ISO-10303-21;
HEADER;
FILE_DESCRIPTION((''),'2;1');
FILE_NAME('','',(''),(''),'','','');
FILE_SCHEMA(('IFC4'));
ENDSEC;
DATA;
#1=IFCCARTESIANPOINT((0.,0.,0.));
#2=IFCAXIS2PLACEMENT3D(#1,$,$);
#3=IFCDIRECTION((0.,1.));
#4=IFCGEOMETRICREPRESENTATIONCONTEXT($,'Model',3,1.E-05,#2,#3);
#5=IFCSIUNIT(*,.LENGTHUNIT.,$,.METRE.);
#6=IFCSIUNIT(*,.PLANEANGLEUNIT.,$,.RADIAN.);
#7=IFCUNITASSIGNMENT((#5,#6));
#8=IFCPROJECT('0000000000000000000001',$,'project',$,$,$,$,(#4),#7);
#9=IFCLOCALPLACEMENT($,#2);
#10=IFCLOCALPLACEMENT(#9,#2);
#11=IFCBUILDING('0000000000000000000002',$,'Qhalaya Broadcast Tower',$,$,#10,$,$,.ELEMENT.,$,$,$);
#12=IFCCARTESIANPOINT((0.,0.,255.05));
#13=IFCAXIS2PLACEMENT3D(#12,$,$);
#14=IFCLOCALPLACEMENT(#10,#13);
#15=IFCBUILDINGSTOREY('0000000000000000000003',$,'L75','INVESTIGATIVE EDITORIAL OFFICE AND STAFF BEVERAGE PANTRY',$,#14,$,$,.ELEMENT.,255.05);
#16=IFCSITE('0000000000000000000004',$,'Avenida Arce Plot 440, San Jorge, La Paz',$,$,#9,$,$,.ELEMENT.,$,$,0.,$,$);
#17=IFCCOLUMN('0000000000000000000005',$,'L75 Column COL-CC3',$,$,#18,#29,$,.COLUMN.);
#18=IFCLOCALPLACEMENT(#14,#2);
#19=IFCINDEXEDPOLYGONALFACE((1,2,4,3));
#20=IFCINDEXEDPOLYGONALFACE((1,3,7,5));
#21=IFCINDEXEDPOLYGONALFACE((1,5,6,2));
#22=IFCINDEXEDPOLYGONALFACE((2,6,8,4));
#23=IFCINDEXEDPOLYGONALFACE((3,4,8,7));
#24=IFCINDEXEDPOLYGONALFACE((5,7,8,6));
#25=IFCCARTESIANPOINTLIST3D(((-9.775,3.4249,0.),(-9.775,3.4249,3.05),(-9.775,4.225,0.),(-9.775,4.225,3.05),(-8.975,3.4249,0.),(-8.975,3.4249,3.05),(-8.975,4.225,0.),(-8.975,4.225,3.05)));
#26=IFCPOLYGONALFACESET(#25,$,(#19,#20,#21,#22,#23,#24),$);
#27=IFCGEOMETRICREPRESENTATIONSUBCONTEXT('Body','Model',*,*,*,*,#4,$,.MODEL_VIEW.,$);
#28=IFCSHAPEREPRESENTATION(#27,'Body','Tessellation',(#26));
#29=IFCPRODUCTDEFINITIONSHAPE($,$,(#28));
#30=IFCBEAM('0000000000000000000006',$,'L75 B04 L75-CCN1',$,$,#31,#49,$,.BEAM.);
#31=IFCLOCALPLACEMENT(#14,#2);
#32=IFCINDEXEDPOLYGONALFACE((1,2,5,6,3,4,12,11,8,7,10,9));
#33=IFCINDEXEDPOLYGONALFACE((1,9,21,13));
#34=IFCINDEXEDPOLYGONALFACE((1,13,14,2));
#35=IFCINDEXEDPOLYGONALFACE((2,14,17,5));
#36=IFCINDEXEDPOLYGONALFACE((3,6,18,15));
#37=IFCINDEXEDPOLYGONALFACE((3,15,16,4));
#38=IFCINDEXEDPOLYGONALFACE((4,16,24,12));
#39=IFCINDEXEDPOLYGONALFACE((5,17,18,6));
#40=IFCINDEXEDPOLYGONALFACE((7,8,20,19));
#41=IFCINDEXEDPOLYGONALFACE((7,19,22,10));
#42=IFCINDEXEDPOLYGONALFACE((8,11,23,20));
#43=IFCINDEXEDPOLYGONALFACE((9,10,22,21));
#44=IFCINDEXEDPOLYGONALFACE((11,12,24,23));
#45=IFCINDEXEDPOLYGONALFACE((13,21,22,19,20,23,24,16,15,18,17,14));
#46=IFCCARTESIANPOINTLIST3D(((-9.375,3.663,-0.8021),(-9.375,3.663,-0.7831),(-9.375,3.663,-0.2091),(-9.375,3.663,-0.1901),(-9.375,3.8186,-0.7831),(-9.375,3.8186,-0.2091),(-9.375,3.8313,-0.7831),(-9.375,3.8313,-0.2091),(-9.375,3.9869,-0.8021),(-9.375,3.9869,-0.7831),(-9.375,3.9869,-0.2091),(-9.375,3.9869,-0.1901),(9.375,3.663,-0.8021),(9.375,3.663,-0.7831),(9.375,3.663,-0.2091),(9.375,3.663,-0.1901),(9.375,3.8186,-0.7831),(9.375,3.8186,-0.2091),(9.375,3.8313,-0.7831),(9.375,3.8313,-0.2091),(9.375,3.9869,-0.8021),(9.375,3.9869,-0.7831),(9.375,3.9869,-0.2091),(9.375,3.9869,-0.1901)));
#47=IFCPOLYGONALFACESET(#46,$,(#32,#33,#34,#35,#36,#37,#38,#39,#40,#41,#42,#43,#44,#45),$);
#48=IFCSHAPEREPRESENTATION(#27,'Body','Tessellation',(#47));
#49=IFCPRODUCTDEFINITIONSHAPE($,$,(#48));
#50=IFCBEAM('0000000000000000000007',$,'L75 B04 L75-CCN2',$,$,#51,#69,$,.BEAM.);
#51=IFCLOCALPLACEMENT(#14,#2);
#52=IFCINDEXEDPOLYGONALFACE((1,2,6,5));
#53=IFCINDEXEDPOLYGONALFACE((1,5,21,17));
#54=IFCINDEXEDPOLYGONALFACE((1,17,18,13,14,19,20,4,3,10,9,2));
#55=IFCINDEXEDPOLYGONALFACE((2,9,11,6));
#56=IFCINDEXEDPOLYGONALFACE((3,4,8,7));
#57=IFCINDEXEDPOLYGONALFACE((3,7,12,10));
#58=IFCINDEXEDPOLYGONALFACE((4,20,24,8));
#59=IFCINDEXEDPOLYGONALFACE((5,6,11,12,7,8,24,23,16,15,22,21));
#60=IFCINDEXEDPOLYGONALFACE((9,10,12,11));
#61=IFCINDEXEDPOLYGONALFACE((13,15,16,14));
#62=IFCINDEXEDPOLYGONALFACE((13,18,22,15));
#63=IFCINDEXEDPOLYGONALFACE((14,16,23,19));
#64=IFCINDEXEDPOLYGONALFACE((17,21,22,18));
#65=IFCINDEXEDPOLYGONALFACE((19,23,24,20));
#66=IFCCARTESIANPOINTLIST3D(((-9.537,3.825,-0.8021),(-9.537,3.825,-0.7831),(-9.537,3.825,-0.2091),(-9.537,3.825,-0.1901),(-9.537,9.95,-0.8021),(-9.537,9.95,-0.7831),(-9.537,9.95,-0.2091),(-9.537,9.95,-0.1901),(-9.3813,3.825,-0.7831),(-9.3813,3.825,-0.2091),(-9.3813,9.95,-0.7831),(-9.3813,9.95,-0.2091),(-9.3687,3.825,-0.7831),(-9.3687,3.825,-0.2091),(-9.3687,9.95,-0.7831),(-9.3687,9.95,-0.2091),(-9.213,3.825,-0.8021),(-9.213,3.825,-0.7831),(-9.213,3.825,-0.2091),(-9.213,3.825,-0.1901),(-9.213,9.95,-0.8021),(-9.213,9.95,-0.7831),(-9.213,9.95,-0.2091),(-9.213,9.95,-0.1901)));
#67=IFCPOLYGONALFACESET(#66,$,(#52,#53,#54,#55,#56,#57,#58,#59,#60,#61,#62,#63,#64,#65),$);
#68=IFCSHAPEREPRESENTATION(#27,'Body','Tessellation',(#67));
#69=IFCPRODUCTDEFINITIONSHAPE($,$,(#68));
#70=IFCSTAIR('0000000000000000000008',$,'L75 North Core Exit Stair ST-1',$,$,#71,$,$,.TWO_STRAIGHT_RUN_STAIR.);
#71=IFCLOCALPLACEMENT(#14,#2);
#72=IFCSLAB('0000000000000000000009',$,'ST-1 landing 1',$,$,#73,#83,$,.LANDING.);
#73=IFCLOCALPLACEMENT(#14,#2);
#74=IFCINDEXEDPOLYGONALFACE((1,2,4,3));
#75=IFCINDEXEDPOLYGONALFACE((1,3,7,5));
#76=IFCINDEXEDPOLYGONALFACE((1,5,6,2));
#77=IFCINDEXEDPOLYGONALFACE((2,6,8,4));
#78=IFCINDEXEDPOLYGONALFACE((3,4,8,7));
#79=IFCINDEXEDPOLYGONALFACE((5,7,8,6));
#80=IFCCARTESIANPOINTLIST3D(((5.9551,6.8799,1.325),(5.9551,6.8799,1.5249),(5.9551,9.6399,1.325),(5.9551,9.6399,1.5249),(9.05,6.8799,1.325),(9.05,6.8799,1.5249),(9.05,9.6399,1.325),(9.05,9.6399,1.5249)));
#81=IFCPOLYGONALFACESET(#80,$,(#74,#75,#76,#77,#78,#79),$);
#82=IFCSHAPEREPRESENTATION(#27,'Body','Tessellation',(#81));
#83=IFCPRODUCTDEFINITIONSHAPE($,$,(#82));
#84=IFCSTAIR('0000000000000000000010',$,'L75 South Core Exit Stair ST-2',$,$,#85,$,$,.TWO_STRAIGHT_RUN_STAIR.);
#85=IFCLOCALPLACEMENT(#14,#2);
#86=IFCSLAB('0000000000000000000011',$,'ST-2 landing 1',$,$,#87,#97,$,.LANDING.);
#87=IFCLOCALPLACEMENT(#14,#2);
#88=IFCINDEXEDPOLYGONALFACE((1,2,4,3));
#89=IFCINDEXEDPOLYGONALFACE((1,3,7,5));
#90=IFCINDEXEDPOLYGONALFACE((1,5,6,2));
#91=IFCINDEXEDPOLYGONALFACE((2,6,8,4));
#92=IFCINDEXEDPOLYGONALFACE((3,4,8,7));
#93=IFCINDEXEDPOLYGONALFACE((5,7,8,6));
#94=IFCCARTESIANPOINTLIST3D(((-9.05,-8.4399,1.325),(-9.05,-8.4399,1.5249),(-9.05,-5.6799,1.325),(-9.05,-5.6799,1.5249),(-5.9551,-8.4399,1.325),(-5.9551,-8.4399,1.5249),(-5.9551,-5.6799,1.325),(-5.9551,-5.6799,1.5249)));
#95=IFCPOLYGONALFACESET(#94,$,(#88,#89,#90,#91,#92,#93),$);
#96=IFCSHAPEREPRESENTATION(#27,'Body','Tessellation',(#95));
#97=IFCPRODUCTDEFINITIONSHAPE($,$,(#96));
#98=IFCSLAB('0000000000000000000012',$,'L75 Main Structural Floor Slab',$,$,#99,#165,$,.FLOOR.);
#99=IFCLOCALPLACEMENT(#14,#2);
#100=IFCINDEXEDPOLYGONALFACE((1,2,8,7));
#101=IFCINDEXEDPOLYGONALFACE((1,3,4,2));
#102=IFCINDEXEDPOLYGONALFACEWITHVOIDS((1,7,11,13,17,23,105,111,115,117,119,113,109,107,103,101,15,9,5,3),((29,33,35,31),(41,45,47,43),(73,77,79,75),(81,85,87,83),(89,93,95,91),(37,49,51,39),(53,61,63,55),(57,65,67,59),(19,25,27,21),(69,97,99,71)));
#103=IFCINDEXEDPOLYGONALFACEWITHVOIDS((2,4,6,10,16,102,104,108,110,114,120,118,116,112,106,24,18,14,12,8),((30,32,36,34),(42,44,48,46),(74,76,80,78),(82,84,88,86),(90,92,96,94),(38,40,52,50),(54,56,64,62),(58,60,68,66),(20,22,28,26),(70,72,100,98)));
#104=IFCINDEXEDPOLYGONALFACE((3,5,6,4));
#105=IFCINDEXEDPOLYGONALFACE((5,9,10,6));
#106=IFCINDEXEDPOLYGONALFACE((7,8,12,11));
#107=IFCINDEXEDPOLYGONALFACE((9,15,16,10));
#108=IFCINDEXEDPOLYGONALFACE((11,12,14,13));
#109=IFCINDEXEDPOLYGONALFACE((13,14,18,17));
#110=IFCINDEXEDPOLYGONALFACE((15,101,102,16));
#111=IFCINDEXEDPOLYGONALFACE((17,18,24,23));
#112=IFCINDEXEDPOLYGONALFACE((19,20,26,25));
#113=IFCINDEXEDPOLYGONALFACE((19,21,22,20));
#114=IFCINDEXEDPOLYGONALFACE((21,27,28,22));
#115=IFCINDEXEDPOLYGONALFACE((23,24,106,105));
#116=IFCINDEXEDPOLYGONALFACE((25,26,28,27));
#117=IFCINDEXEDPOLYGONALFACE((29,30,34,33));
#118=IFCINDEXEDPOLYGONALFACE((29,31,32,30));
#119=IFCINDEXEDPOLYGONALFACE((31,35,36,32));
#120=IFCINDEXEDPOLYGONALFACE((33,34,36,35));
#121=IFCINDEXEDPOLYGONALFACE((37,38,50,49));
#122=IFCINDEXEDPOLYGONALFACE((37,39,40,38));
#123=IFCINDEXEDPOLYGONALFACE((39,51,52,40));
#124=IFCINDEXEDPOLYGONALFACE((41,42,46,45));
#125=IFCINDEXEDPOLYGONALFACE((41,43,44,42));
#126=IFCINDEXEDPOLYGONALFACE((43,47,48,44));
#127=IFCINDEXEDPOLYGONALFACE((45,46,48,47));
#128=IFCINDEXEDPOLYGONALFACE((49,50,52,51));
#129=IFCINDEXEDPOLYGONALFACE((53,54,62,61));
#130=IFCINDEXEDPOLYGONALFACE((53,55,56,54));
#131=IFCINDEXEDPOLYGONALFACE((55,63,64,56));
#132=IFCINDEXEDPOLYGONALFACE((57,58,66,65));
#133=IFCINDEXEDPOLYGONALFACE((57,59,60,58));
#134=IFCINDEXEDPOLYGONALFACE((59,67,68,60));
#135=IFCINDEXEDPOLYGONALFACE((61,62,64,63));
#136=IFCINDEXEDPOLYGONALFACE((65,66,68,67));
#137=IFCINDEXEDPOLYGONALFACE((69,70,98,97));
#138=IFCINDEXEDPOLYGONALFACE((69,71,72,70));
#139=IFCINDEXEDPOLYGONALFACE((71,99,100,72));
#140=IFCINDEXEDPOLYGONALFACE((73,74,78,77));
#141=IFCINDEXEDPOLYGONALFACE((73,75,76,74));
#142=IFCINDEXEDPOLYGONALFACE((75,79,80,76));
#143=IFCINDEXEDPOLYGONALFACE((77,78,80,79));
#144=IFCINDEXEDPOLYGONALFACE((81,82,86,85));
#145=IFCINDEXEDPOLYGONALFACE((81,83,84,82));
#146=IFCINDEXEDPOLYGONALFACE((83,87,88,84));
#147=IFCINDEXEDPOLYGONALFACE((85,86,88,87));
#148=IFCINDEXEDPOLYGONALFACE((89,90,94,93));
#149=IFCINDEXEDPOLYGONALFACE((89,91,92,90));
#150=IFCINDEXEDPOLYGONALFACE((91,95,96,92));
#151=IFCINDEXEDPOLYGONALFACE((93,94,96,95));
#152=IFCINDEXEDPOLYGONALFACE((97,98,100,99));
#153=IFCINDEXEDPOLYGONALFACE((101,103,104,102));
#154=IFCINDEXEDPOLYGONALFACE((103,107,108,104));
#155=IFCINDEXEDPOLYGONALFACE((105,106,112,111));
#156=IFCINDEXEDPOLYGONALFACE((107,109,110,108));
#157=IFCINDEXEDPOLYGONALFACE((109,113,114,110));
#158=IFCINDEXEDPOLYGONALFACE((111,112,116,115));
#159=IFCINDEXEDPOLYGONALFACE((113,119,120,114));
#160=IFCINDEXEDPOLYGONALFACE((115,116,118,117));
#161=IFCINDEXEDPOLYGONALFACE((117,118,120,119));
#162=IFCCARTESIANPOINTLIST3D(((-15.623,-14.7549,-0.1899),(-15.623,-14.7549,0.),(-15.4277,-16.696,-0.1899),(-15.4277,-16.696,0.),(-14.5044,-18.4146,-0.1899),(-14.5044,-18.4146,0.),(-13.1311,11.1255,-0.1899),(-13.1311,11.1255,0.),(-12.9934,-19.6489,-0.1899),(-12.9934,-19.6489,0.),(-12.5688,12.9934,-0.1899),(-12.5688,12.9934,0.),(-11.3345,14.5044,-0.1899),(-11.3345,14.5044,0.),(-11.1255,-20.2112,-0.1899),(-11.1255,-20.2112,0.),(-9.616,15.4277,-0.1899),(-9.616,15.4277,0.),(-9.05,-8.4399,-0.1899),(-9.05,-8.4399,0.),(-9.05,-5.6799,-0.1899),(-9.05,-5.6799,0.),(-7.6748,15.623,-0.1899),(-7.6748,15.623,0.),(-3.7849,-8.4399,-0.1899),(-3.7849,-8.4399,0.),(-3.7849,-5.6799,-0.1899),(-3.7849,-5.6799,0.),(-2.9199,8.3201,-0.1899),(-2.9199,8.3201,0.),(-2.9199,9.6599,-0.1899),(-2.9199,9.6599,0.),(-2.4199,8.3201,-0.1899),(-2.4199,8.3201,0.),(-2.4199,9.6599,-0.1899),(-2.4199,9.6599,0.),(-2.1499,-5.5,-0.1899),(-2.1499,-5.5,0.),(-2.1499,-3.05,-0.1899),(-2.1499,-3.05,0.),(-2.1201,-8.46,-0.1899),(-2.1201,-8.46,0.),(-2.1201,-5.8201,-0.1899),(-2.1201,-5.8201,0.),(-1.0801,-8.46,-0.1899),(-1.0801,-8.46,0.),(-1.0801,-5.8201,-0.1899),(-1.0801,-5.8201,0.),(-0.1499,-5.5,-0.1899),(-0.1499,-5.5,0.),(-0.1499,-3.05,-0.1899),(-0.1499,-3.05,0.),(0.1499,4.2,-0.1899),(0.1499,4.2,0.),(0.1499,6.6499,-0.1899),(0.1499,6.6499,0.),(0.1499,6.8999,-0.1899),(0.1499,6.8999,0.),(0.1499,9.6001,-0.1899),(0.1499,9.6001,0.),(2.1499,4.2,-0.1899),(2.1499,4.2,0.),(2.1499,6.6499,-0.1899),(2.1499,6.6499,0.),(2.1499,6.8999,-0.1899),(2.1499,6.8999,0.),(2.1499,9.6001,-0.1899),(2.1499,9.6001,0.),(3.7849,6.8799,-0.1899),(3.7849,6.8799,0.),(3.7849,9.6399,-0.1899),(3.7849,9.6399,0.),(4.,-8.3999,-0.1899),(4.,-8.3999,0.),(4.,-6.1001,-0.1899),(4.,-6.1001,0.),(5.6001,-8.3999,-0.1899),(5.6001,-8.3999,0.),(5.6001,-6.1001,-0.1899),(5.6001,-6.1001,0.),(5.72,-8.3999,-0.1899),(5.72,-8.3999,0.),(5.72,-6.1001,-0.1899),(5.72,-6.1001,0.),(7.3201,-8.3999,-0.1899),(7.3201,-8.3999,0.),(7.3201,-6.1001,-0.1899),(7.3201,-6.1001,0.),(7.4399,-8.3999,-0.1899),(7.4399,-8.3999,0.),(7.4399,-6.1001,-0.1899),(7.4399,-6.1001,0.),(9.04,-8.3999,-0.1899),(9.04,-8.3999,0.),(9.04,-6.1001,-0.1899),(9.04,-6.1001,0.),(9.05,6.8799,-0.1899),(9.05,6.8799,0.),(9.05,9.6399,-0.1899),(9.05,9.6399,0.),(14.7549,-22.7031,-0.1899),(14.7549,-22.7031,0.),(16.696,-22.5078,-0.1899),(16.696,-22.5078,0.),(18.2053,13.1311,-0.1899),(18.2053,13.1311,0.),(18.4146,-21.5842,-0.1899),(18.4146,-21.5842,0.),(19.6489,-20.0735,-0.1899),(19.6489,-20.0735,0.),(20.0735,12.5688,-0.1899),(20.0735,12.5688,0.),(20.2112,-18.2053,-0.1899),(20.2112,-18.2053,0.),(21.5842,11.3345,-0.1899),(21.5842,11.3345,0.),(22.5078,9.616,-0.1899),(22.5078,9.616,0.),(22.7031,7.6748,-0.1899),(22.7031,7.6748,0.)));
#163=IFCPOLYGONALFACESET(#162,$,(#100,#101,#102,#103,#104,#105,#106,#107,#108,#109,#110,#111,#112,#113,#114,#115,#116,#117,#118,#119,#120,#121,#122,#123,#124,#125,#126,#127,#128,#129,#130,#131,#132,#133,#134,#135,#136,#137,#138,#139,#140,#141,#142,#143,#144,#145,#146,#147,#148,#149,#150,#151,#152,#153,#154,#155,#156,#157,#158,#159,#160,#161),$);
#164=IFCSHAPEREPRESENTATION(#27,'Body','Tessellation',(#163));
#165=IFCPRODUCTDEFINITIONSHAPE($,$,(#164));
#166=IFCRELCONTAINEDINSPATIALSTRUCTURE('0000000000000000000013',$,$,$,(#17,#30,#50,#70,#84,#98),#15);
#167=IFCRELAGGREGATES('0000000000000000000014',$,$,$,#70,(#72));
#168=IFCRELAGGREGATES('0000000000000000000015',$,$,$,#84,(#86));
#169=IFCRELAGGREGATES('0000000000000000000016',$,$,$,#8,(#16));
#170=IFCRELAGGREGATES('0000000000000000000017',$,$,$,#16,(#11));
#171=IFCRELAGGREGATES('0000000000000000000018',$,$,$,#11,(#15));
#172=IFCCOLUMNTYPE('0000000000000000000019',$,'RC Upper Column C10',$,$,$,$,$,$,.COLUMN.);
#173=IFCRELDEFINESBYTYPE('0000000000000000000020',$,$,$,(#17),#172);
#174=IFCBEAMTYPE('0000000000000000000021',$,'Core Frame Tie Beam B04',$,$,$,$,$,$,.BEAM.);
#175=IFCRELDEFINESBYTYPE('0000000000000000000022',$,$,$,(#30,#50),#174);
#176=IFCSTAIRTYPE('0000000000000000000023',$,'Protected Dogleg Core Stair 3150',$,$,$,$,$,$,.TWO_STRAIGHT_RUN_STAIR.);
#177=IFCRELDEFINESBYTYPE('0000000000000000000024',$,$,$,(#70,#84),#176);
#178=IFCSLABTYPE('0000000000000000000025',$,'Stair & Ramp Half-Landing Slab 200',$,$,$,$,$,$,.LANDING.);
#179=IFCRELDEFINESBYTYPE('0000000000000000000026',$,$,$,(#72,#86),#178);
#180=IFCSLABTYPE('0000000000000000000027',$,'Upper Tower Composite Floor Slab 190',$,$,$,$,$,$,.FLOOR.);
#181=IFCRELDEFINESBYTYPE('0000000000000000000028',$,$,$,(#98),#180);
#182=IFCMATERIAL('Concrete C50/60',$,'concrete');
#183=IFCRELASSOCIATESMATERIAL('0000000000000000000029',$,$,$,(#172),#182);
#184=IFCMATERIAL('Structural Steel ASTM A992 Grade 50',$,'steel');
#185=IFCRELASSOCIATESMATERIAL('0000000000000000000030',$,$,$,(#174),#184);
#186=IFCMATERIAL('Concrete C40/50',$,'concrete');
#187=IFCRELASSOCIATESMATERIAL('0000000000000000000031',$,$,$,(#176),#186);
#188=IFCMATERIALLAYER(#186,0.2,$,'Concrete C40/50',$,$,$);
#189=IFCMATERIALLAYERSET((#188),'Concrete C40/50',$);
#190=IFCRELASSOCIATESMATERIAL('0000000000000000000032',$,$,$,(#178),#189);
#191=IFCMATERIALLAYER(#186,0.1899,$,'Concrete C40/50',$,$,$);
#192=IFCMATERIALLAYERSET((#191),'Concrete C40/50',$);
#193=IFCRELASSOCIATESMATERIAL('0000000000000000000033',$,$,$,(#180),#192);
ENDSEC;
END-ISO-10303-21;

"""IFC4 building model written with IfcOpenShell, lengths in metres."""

from ifc_helpers import new_model, si_unit, direction, frame, origin, origin_2d, place, context, subcontext, project, spatial, polyline, rectangle, i_section, outline, extrude, material, layer, layer_set, material_profile, profile_set, type_object, element, aggregate, save


model = new_model("IFC4")

# Units and contexts
model_context = context("Model", 3, precision=1e-05, world=origin(), true_north=direction((0.0, 1.0)))
body_context = subcontext(model_context, "Body", "Model", "MODEL_VIEW")
ifc_project = project(units=[si_unit("LENGTHUNIT", "METRE"), si_unit("PLANEANGLEUNIT", "RADIAN")], contexts=[model_context])

# Site, building, storey
site_placement = place(None, origin())
site = spatial("IfcSite", under=ifc_project, at=site_placement, Name="Avenida Arce Plot 440, San Jorge, La Paz", CompositionType="ELEMENT", RefElevation=0.0)
building_placement = place(site_placement, origin())
building = spatial("IfcBuilding", under=site, at=building_placement, Name="Qhalaya Broadcast Tower", CompositionType="ELEMENT")
storey_placement = place(building_placement, frame((0.0, 0.0, 255.05)))
storey = spatial("IfcBuildingStorey", under=building, at=storey_placement, Name="L75", Description="INVESTIGATIVE EDITORIAL OFFICE AND STAFF BEVERAGE PANTRY", CompositionType="ELEMENT", Elevation=255.05)

# Column
ifc_material_1 = material(Name="Concrete C50/60", Category="concrete")
ifc_material_profile_1 = material_profile(ifc_material_1, rectangle(XDim=0.8, YDim=0.8, at=origin_2d()), Name="RC-COL 800x800")
ifc_profile_set_1 = profile_set([ifc_material_profile_1], Name="Concrete C50/60")
column_type = type_object("IfcColumnType", Name="RC Upper Column C10", PredefinedType="COLUMN", material=ifc_profile_set_1)
column_placement = place(storey_placement, frame((-9.375, 3.825, 0.0), z_axis=(0.0, 0.0, 1.0), x_axis=(1.0, 0.0, 0.0)))
element("IfcColumn", 1, at=column_placement, inside=storey, type_object=column_type, Name="L75 Column COL-CC3", PredefinedType="COLUMN", context=body_context, shape_type="SweptSolid", body=[
    extrude(rectangle(XDim=0.8, YDim=0.8, at=origin_2d()), origin(), (0.0, 0.0, 1.0), 3.05),
])

# Beams
ifc_material_2 = material(Name="Structural Steel ASTM A992 Grade 50", Category="steel")
ifc_material_profile_2 = material_profile(ifc_material_2, i_section(OverallWidth=0.324, OverallDepth=0.6121, WebThickness=0.0127, FlangeThickness=0.019, at=origin_2d()), Name="W24X104")
ifc_profile_set_2 = profile_set([ifc_material_profile_2], Name="Structural Steel ASTM A992 Grade 50")
beam_type = type_object("IfcBeamType", Name="Core Frame Tie Beam B04", PredefinedType="BEAM", material=ifc_profile_set_2)
beam_1_placement = place(storey_placement, frame((-9.375, 3.825, -0.4961), z_axis=(1.0, 0.0, 0.0), x_axis=(0.0, 1.0, 0.0)))
element("IfcBeam", 2, at=beam_1_placement, inside=storey, type_object=beam_type, Name="L75 B04 L75-CCN1", PredefinedType="BEAM", context=body_context, shape_type="SweptSolid", body=[
    extrude(i_section(OverallWidth=0.324, OverallDepth=0.6121, WebThickness=0.0127, FlangeThickness=0.019, at=origin_2d()), origin(), (0.0, 0.0, 1.0), 18.75),
])
beam_2_placement = place(storey_placement, frame((-9.375, 3.825, -0.4961), z_axis=(0.0, 1.0, 0.0), x_axis=(-1.0, 0.0, 0.0)))
element("IfcBeam", 3, at=beam_2_placement, inside=storey, type_object=beam_type, Name="L75 B04 L75-CCN2", PredefinedType="BEAM", context=body_context, shape_type="SweptSolid", body=[
    extrude(i_section(OverallWidth=0.324, OverallDepth=0.6121, WebThickness=0.0127, FlangeThickness=0.019, at=origin_2d()), origin(), (0.0, 0.0, 1.0), 6.125),
])

# Stairs, slabs
ifc_material_3 = material(Name="Concrete C40/50", Category="concrete")
stair_type = type_object("IfcStairType", Name="Protected Dogleg Core Stair 3150", PredefinedType="TWO_STRAIGHT_RUN_STAIR", material=ifc_material_3)
stair_1_placement = place(storey_placement, origin())
stair_1 = element("IfcStair", 4, at=stair_1_placement, inside=storey, type_object=stair_type, Name="L75 North Core Exit Stair ST-1", PredefinedType="TWO_STRAIGHT_RUN_STAIR")
ifc_layer_1 = layer(ifc_material_3, 0.2, Name="Concrete C40/50")
ifc_layer_set_1 = layer_set([ifc_layer_1], Name="Concrete C40/50")
slab_type_1 = type_object("IfcSlabType", Name="Stair & Ramp Half-Landing Slab 200", PredefinedType="LANDING", material=ifc_layer_set_1)
slab_1_placement = place(storey_placement, frame((0.0, 0.0, 1.325)))
slab_1 = element("IfcSlab", 5, at=slab_1_placement, type_object=slab_type_1, Name="ST-1 landing 1", PredefinedType="LANDING", context=body_context, shape_type="SweptSolid", body=[
    extrude(outline(polyline([(5.9551, 6.8799), (9.05, 6.8799), (9.05, 9.6399), (5.9551, 9.6399), (5.9551, 6.8799)])), origin(), (0.0, 0.0, 1.0), 0.2),
])
aggregate(stair_1, [slab_1])
stair_2_placement = place(storey_placement, origin())
stair_2 = element("IfcStair", 6, at=stair_2_placement, inside=storey, type_object=stair_type, Name="L75 South Core Exit Stair ST-2", PredefinedType="TWO_STRAIGHT_RUN_STAIR")
slab_2_placement = place(storey_placement, frame((0.0, 0.0, 1.325)))
slab_2 = element("IfcSlab", 7, at=slab_2_placement, type_object=slab_type_1, Name="ST-2 landing 1", PredefinedType="LANDING", context=body_context, shape_type="SweptSolid", body=[
    extrude(outline(polyline([(-5.9551, -5.6799), (-9.05, -5.6799), (-9.05, -8.4399), (-5.9551, -8.4399), (-5.9551, -5.6799)])), origin(), (0.0, 0.0, 1.0), 0.2),
])
aggregate(stair_2, [slab_2])

# Slab
ifc_layer_2 = layer(ifc_material_3, 0.1899, Name="Concrete C40/50")
ifc_layer_set_2 = layer_set([ifc_layer_2], Name="Concrete C40/50")
slab_type_2 = type_object("IfcSlabType", Name="Upper Tower Composite Floor Slab 190", PredefinedType="FLOOR", material=ifc_layer_set_2)
slab_3_placement = place(storey_placement, frame((0.0, 0.0, -0.1899)))
element("IfcSlab", 8, at=slab_3_placement, inside=storey, type_object=slab_type_2, Name="L75 Main Structural Floor Slab", PredefinedType="FLOOR", context=body_context, shape_type="SweptSolid", body=[
    extrude(outline(polyline([(14.7549, -22.7031), (16.696, -22.5078), (18.4146, -21.5842), (19.6489, -20.0735), (20.2112, -18.2053), (22.7031, 7.6748), (22.5078, 9.616), (21.5842, 11.3345), (20.0735, 12.5688), (18.2053, 13.1311), (-7.6748, 15.623), (-9.616, 15.4277), (-11.3345, 14.5044), (-12.5688, 12.9934), (-13.1311, 11.1255), (-15.623, -14.7549), (-15.4277, -16.696), (-14.5044, -18.4146), (-12.9934, -19.6489), (-11.1255, -20.2112), (14.7549, -22.7031)]), holes=[polyline([(3.7849, 9.6399), (9.05, 9.6399), (9.05, 6.8799), (3.7849, 6.8799), (3.7849, 9.6399)]), polyline([(-3.7849, -8.4399), (-9.05, -8.4399), (-9.05, -5.6799), (-3.7849, -5.6799), (-3.7849, -8.4399)]), polyline([(0.1499, 6.6499), (2.1499, 6.6499), (2.1499, 4.2), (0.1499, 4.2), (0.1499, 6.6499)]), polyline([(0.1499, 9.6001), (2.1499, 9.6001), (2.1499, 6.8999), (0.1499, 6.8999), (0.1499, 9.6001)]), polyline([(-2.1499, -3.05), (-0.1499, -3.05), (-0.1499, -5.5), (-2.1499, -5.5), (-2.1499, -3.05)]), polyline([(4.0, -6.1001), (5.6001, -6.1001), (5.6001, -8.3999), (4.0, -8.3999), (4.0, -6.1001)]), polyline([(5.72, -6.1001), (7.3201, -6.1001), (7.3201, -8.3999), (5.72, -8.3999), (5.72, -6.1001)]), polyline([(7.4399, -6.1001), (9.04, -6.1001), (9.04, -8.3999), (7.4399, -8.3999), (7.4399, -6.1001)]), polyline([(-2.9199, 9.6599), (-2.4199, 9.6599), (-2.4199, 8.3201), (-2.9199, 8.3201), (-2.9199, 9.6599)]), polyline([(-2.1201, -5.8201), (-1.0801, -5.8201), (-1.0801, -8.46), (-2.1201, -8.46), (-2.1201, -5.8201)])]), origin(), (0.0, 0.0, 1.0), 0.1899),
])

save(model, "model.ifc")
